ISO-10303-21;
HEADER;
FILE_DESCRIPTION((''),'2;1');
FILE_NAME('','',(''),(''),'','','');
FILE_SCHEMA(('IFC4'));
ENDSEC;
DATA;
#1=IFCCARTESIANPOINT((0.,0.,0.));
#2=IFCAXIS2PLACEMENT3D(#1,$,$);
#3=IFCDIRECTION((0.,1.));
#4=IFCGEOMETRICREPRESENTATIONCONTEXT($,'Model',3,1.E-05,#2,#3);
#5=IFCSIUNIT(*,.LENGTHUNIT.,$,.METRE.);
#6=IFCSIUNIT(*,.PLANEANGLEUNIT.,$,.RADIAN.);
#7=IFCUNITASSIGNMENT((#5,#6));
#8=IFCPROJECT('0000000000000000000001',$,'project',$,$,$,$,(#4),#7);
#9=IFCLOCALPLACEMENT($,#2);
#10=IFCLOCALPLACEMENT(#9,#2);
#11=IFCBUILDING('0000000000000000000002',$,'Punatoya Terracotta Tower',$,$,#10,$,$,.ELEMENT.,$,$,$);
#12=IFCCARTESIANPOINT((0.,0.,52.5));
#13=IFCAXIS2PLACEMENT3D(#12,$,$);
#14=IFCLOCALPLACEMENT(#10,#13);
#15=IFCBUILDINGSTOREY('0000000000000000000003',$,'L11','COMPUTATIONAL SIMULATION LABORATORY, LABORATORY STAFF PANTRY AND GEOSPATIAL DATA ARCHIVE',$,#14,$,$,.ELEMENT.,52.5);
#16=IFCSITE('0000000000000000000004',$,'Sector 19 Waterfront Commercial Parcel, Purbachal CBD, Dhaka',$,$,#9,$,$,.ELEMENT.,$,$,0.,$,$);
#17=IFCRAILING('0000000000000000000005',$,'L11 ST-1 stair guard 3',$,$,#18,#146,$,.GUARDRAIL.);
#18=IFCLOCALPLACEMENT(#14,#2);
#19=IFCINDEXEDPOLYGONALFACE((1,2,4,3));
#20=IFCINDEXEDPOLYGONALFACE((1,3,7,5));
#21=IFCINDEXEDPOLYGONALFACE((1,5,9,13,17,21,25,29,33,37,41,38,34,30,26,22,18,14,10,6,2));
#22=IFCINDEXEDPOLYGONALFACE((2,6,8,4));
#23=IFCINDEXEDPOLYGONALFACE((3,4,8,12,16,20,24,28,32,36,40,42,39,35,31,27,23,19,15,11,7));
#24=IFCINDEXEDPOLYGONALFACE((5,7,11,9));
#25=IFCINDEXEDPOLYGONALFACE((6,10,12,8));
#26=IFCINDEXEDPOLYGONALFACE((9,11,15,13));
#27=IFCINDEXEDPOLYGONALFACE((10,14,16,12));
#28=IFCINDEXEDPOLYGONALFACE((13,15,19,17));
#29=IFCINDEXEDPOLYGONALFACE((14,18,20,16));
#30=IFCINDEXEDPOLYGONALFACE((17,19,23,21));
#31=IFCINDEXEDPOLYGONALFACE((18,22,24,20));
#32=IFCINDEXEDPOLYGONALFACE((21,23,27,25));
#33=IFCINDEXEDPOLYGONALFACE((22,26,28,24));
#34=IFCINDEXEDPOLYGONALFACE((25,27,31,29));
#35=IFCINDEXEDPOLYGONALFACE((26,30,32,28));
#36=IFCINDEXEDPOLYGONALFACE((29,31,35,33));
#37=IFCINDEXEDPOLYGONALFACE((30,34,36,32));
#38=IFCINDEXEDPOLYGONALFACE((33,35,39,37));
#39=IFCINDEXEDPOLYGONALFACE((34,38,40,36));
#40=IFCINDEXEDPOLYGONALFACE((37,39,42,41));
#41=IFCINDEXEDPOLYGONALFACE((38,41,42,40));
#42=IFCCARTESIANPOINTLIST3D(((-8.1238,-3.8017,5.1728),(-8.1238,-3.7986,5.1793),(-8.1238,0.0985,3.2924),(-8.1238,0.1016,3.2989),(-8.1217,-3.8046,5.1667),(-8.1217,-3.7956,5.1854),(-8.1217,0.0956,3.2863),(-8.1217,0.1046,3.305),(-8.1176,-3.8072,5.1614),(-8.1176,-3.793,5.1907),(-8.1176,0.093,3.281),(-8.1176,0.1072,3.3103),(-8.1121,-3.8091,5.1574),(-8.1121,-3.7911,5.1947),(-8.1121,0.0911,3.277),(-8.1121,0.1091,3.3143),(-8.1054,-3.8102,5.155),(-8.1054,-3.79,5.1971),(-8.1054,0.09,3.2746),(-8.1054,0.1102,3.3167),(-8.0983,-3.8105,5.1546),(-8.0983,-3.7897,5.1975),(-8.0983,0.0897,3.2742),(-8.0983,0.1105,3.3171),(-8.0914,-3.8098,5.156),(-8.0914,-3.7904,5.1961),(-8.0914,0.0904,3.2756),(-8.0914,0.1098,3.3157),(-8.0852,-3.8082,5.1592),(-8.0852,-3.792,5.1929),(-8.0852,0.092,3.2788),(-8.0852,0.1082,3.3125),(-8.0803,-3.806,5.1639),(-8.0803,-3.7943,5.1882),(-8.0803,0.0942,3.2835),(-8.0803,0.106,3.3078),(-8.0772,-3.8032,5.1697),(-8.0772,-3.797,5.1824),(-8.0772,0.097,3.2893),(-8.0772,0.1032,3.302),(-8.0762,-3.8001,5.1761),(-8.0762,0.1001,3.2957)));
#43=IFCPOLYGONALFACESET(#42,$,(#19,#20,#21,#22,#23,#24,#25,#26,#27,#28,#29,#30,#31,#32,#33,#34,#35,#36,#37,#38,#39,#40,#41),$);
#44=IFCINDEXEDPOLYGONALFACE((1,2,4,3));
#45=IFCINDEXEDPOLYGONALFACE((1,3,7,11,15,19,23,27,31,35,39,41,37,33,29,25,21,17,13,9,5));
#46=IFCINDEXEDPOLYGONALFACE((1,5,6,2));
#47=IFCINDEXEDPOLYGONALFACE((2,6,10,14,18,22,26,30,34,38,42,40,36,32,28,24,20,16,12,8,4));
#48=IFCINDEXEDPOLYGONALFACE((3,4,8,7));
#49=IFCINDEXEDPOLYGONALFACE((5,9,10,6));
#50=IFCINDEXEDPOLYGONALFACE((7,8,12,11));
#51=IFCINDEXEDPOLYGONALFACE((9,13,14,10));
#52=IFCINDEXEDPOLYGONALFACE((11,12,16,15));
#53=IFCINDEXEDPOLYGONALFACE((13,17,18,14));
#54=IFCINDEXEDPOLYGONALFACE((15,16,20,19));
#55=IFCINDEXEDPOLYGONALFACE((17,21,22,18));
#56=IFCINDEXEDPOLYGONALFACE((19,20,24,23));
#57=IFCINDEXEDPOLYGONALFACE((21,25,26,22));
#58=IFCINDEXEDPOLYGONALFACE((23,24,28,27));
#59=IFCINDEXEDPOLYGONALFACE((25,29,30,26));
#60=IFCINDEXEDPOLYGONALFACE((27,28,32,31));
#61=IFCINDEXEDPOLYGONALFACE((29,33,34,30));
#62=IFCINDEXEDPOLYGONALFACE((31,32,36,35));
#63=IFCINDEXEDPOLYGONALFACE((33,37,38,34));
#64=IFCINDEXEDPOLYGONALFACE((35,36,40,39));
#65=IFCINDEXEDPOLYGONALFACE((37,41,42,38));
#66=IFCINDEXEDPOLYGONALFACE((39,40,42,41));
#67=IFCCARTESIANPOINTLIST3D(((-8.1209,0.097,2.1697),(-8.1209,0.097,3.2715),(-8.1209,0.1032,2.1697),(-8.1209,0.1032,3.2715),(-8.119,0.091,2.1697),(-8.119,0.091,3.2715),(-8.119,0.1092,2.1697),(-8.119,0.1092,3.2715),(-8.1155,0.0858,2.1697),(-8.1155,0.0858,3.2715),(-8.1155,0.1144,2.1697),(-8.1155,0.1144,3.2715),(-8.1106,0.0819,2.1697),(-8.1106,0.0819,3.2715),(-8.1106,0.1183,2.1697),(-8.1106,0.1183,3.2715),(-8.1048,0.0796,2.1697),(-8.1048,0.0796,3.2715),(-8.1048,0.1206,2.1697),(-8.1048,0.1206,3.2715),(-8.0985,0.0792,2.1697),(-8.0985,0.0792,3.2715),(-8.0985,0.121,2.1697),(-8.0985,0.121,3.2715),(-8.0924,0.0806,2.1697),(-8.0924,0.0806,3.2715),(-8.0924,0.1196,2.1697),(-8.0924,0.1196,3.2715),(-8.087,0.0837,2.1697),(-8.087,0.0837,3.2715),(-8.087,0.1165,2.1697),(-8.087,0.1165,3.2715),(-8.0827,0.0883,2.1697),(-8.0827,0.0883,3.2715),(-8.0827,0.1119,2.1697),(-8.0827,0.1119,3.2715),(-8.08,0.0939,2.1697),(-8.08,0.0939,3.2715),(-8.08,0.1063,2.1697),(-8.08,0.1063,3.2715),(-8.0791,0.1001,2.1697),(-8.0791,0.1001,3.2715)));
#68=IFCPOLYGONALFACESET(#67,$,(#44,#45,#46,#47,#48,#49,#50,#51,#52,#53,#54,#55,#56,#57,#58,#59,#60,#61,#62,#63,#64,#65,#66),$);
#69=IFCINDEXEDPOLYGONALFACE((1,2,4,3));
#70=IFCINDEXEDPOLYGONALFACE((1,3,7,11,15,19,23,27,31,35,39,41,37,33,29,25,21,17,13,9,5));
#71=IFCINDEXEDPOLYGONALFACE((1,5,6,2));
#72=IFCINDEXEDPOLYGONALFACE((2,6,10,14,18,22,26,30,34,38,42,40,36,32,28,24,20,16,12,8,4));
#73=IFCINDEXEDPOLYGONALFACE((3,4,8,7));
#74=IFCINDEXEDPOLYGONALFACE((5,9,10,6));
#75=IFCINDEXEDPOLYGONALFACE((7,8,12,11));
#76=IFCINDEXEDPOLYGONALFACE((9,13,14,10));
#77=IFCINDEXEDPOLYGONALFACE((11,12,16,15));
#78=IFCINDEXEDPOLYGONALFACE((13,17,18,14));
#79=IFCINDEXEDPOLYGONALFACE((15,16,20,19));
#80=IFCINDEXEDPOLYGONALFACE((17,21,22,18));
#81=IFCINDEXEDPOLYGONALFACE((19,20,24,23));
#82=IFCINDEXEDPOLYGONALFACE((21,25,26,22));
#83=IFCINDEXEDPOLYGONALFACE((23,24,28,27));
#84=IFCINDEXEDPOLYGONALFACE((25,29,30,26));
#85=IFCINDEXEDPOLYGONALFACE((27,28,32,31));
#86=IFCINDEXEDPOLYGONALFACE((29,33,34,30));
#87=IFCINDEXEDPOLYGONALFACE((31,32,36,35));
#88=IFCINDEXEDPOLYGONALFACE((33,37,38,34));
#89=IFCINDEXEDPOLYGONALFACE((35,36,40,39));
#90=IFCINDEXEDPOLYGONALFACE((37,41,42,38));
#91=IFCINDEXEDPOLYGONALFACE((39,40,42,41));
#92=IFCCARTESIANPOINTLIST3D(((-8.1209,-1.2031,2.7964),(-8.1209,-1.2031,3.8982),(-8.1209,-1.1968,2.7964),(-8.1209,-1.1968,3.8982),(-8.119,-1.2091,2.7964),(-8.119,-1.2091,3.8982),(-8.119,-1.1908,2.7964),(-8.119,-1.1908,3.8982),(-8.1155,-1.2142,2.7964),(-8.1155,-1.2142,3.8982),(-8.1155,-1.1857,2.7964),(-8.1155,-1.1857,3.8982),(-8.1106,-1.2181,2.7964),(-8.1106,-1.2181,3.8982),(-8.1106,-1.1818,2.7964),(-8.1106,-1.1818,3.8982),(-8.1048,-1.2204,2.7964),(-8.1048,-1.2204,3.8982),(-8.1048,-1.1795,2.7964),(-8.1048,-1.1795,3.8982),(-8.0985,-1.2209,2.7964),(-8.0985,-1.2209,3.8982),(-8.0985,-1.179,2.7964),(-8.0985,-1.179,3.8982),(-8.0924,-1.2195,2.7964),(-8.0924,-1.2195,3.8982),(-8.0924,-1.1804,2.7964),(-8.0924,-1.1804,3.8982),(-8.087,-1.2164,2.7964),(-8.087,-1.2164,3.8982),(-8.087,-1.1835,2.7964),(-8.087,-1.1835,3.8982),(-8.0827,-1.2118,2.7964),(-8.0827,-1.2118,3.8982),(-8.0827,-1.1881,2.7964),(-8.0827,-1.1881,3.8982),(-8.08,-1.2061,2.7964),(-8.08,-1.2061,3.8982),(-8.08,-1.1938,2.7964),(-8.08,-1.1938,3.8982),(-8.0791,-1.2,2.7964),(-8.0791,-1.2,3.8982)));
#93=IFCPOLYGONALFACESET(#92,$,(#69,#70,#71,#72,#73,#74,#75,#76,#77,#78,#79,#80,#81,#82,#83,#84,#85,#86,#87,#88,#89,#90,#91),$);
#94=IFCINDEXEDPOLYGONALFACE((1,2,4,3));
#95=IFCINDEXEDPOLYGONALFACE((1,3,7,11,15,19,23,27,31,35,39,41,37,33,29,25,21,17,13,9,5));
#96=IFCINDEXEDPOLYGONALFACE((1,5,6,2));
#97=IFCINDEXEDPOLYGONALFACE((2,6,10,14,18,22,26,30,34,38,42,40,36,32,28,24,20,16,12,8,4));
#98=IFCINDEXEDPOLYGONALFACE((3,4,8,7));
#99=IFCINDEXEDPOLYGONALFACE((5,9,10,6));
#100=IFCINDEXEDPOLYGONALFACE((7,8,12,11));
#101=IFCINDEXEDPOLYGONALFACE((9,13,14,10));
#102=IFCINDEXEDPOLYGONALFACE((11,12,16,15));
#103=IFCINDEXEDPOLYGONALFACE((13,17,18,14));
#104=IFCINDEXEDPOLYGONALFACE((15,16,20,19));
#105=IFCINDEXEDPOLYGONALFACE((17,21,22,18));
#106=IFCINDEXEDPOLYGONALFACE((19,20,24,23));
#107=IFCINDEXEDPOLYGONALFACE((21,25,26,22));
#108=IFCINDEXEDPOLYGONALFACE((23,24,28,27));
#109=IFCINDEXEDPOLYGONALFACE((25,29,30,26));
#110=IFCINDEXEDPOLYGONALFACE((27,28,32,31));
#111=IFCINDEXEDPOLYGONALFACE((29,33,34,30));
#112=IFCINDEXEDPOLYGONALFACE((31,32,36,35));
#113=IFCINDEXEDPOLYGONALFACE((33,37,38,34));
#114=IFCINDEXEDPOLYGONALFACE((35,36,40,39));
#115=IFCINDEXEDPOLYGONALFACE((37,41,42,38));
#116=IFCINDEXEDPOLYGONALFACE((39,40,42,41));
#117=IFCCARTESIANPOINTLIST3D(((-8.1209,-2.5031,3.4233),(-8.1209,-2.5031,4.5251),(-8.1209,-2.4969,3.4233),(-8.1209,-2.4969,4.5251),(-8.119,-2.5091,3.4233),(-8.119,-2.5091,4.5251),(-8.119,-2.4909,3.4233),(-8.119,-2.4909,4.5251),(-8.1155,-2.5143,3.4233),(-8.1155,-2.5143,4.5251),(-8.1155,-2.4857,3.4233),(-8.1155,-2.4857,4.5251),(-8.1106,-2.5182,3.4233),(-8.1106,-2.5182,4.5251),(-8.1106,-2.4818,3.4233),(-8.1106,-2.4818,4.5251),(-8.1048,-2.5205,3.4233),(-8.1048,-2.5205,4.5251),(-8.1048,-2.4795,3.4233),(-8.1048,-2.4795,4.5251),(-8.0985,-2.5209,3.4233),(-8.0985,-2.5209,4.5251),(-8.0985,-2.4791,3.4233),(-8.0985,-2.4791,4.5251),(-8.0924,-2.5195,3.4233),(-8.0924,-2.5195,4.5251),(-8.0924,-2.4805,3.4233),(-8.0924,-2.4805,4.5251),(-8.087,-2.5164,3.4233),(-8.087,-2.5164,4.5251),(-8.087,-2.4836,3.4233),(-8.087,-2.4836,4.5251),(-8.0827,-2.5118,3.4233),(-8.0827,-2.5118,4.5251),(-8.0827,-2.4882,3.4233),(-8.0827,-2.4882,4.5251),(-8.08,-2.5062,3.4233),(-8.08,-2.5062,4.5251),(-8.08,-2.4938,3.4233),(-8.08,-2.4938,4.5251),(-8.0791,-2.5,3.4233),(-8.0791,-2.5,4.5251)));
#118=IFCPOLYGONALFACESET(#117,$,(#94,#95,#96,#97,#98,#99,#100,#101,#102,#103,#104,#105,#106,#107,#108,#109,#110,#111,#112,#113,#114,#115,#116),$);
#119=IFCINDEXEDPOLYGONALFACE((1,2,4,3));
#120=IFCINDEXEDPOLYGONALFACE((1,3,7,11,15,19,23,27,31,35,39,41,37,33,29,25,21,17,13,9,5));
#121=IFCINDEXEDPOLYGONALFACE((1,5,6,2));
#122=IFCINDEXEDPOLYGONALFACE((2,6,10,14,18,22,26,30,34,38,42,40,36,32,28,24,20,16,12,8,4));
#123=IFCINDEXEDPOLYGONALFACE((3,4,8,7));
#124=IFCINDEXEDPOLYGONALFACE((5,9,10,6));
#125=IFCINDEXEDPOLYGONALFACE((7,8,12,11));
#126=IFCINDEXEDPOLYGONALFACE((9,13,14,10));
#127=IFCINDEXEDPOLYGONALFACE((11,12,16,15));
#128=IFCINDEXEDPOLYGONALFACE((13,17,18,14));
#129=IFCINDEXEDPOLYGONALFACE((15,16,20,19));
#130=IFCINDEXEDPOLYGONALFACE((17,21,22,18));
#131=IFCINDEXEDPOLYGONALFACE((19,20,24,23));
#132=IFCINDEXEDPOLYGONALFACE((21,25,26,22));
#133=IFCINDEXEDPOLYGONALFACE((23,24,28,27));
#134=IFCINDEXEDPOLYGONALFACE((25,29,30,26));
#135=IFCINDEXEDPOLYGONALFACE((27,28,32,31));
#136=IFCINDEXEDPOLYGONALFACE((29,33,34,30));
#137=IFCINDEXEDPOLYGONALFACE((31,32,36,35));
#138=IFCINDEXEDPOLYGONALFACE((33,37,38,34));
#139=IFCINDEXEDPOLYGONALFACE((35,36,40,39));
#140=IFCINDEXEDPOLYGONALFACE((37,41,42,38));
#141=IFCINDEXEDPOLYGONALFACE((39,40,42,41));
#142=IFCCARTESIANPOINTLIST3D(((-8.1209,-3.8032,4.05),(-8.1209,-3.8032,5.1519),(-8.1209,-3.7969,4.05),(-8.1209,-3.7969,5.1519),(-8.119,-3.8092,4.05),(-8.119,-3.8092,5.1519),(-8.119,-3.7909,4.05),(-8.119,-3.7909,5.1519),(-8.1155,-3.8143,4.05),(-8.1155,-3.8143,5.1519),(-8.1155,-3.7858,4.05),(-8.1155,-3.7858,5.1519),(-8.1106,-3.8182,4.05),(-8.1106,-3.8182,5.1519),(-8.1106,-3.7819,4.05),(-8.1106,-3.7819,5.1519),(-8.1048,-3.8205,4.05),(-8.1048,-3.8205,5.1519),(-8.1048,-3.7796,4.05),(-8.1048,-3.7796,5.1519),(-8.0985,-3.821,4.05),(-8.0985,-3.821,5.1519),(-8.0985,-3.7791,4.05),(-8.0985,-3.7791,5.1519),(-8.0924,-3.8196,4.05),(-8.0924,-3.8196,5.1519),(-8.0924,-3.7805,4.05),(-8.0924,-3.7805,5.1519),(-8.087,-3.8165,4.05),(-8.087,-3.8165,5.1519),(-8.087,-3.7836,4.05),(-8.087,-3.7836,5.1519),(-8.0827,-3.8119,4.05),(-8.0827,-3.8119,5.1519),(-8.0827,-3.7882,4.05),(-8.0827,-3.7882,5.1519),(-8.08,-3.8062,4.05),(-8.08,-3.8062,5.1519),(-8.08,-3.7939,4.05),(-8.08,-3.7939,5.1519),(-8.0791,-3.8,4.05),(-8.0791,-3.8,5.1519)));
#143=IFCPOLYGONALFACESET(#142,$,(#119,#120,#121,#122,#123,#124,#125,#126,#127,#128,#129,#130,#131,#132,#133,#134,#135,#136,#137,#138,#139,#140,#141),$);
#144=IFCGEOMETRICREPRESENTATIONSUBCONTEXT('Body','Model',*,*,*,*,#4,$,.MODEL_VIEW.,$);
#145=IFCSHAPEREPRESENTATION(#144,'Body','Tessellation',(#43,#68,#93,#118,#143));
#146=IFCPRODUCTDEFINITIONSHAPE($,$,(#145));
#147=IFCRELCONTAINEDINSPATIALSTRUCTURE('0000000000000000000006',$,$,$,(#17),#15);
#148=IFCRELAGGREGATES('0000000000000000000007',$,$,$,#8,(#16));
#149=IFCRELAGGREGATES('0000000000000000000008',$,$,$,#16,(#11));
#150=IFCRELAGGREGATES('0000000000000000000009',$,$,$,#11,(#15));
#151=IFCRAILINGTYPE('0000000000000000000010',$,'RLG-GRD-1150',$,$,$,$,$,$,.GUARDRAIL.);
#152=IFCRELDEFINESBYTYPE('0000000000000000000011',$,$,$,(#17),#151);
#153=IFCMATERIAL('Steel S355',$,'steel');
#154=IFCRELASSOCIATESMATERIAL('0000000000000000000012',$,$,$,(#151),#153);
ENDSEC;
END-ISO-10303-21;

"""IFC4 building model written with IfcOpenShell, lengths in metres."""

from ifc_helpers import new_model, si_unit, direction, frame, origin, origin_2d, place, context, subcontext, project, spatial, circle, extrude, material, type_object, element, save


model = new_model("IFC4")

# Units and contexts
model_context = context("Model", 3, precision=1e-05, world=origin(), true_north=direction((0.0, 1.0)))
body_context = subcontext(model_context, "Body", "Model", "MODEL_VIEW")
ifc_project = project(units=[si_unit("LENGTHUNIT", "METRE"), si_unit("PLANEANGLEUNIT", "RADIAN")], contexts=[model_context])

# Site, building, storey
site_placement = place(None, origin())
site = spatial("IfcSite", under=ifc_project, at=site_placement, Name="Sector 19 Waterfront Commercial Parcel, Purbachal CBD, Dhaka", CompositionType="ELEMENT", RefElevation=0.0)
building_placement = place(site_placement, origin())
building = spatial("IfcBuilding", under=site, at=building_placement, Name="Punatoya Terracotta Tower", CompositionType="ELEMENT")
storey_placement = place(building_placement, frame((0.0, 0.0, 52.5)))
storey = spatial("IfcBuildingStorey", under=building, at=storey_placement, Name="L11", Description="COMPUTATIONAL SIMULATION LABORATORY, LABORATORY STAFF PANTRY AND GEOSPATIAL DATA ARCHIVE", CompositionType="ELEMENT", Elevation=52.5)

# Shared definitions
ifc_material_1 = material(Name="Steel S355", Category="steel")

# Railing
railing_type_1 = type_object("IfcRailingType", Name="RLG-GRD-1150", PredefinedType="GUARDRAIL", material=ifc_material_1)
railing_1_placement = place(storey_placement, frame((-8.1001, 0.1001, 2.1697)))
element("IfcRailing", 1, at=railing_1_placement, inside=storey, type_object=railing_type_1, Name="L11 ST-1 stair guard 3", PredefinedType="GUARDRAIL", context=body_context, shape_type="SweptSolid", body=[
    extrude(circle(Radius=0.0239, at=origin_2d()), frame((0.0, 0.0, 1.126), z_axis=(0.0, -0.900774, 0.434289), x_axis=(1.0, 0.0, 0.0)), (0.0, 0.0, 1.0), 4.3298),
    extrude(circle(Radius=0.021, at=origin_2d()), origin(), (0.0, 0.0, 1.0), 1.1018),
    extrude(circle(Radius=0.021, at=origin_2d()), frame((0.0, -1.3, 0.6267)), (0.0, 0.0, 1.0), 1.1018),
    extrude(circle(Radius=0.021, at=origin_2d()), frame((0.0, -2.6001, 1.2537)), (0.0, 0.0, 1.0), 1.1018),
    extrude(circle(Radius=0.021, at=origin_2d()), frame((0.0, -3.9001, 1.8804)), (0.0, 0.0, 1.0), 1.1018),
])

save(model, "model.ifc")
